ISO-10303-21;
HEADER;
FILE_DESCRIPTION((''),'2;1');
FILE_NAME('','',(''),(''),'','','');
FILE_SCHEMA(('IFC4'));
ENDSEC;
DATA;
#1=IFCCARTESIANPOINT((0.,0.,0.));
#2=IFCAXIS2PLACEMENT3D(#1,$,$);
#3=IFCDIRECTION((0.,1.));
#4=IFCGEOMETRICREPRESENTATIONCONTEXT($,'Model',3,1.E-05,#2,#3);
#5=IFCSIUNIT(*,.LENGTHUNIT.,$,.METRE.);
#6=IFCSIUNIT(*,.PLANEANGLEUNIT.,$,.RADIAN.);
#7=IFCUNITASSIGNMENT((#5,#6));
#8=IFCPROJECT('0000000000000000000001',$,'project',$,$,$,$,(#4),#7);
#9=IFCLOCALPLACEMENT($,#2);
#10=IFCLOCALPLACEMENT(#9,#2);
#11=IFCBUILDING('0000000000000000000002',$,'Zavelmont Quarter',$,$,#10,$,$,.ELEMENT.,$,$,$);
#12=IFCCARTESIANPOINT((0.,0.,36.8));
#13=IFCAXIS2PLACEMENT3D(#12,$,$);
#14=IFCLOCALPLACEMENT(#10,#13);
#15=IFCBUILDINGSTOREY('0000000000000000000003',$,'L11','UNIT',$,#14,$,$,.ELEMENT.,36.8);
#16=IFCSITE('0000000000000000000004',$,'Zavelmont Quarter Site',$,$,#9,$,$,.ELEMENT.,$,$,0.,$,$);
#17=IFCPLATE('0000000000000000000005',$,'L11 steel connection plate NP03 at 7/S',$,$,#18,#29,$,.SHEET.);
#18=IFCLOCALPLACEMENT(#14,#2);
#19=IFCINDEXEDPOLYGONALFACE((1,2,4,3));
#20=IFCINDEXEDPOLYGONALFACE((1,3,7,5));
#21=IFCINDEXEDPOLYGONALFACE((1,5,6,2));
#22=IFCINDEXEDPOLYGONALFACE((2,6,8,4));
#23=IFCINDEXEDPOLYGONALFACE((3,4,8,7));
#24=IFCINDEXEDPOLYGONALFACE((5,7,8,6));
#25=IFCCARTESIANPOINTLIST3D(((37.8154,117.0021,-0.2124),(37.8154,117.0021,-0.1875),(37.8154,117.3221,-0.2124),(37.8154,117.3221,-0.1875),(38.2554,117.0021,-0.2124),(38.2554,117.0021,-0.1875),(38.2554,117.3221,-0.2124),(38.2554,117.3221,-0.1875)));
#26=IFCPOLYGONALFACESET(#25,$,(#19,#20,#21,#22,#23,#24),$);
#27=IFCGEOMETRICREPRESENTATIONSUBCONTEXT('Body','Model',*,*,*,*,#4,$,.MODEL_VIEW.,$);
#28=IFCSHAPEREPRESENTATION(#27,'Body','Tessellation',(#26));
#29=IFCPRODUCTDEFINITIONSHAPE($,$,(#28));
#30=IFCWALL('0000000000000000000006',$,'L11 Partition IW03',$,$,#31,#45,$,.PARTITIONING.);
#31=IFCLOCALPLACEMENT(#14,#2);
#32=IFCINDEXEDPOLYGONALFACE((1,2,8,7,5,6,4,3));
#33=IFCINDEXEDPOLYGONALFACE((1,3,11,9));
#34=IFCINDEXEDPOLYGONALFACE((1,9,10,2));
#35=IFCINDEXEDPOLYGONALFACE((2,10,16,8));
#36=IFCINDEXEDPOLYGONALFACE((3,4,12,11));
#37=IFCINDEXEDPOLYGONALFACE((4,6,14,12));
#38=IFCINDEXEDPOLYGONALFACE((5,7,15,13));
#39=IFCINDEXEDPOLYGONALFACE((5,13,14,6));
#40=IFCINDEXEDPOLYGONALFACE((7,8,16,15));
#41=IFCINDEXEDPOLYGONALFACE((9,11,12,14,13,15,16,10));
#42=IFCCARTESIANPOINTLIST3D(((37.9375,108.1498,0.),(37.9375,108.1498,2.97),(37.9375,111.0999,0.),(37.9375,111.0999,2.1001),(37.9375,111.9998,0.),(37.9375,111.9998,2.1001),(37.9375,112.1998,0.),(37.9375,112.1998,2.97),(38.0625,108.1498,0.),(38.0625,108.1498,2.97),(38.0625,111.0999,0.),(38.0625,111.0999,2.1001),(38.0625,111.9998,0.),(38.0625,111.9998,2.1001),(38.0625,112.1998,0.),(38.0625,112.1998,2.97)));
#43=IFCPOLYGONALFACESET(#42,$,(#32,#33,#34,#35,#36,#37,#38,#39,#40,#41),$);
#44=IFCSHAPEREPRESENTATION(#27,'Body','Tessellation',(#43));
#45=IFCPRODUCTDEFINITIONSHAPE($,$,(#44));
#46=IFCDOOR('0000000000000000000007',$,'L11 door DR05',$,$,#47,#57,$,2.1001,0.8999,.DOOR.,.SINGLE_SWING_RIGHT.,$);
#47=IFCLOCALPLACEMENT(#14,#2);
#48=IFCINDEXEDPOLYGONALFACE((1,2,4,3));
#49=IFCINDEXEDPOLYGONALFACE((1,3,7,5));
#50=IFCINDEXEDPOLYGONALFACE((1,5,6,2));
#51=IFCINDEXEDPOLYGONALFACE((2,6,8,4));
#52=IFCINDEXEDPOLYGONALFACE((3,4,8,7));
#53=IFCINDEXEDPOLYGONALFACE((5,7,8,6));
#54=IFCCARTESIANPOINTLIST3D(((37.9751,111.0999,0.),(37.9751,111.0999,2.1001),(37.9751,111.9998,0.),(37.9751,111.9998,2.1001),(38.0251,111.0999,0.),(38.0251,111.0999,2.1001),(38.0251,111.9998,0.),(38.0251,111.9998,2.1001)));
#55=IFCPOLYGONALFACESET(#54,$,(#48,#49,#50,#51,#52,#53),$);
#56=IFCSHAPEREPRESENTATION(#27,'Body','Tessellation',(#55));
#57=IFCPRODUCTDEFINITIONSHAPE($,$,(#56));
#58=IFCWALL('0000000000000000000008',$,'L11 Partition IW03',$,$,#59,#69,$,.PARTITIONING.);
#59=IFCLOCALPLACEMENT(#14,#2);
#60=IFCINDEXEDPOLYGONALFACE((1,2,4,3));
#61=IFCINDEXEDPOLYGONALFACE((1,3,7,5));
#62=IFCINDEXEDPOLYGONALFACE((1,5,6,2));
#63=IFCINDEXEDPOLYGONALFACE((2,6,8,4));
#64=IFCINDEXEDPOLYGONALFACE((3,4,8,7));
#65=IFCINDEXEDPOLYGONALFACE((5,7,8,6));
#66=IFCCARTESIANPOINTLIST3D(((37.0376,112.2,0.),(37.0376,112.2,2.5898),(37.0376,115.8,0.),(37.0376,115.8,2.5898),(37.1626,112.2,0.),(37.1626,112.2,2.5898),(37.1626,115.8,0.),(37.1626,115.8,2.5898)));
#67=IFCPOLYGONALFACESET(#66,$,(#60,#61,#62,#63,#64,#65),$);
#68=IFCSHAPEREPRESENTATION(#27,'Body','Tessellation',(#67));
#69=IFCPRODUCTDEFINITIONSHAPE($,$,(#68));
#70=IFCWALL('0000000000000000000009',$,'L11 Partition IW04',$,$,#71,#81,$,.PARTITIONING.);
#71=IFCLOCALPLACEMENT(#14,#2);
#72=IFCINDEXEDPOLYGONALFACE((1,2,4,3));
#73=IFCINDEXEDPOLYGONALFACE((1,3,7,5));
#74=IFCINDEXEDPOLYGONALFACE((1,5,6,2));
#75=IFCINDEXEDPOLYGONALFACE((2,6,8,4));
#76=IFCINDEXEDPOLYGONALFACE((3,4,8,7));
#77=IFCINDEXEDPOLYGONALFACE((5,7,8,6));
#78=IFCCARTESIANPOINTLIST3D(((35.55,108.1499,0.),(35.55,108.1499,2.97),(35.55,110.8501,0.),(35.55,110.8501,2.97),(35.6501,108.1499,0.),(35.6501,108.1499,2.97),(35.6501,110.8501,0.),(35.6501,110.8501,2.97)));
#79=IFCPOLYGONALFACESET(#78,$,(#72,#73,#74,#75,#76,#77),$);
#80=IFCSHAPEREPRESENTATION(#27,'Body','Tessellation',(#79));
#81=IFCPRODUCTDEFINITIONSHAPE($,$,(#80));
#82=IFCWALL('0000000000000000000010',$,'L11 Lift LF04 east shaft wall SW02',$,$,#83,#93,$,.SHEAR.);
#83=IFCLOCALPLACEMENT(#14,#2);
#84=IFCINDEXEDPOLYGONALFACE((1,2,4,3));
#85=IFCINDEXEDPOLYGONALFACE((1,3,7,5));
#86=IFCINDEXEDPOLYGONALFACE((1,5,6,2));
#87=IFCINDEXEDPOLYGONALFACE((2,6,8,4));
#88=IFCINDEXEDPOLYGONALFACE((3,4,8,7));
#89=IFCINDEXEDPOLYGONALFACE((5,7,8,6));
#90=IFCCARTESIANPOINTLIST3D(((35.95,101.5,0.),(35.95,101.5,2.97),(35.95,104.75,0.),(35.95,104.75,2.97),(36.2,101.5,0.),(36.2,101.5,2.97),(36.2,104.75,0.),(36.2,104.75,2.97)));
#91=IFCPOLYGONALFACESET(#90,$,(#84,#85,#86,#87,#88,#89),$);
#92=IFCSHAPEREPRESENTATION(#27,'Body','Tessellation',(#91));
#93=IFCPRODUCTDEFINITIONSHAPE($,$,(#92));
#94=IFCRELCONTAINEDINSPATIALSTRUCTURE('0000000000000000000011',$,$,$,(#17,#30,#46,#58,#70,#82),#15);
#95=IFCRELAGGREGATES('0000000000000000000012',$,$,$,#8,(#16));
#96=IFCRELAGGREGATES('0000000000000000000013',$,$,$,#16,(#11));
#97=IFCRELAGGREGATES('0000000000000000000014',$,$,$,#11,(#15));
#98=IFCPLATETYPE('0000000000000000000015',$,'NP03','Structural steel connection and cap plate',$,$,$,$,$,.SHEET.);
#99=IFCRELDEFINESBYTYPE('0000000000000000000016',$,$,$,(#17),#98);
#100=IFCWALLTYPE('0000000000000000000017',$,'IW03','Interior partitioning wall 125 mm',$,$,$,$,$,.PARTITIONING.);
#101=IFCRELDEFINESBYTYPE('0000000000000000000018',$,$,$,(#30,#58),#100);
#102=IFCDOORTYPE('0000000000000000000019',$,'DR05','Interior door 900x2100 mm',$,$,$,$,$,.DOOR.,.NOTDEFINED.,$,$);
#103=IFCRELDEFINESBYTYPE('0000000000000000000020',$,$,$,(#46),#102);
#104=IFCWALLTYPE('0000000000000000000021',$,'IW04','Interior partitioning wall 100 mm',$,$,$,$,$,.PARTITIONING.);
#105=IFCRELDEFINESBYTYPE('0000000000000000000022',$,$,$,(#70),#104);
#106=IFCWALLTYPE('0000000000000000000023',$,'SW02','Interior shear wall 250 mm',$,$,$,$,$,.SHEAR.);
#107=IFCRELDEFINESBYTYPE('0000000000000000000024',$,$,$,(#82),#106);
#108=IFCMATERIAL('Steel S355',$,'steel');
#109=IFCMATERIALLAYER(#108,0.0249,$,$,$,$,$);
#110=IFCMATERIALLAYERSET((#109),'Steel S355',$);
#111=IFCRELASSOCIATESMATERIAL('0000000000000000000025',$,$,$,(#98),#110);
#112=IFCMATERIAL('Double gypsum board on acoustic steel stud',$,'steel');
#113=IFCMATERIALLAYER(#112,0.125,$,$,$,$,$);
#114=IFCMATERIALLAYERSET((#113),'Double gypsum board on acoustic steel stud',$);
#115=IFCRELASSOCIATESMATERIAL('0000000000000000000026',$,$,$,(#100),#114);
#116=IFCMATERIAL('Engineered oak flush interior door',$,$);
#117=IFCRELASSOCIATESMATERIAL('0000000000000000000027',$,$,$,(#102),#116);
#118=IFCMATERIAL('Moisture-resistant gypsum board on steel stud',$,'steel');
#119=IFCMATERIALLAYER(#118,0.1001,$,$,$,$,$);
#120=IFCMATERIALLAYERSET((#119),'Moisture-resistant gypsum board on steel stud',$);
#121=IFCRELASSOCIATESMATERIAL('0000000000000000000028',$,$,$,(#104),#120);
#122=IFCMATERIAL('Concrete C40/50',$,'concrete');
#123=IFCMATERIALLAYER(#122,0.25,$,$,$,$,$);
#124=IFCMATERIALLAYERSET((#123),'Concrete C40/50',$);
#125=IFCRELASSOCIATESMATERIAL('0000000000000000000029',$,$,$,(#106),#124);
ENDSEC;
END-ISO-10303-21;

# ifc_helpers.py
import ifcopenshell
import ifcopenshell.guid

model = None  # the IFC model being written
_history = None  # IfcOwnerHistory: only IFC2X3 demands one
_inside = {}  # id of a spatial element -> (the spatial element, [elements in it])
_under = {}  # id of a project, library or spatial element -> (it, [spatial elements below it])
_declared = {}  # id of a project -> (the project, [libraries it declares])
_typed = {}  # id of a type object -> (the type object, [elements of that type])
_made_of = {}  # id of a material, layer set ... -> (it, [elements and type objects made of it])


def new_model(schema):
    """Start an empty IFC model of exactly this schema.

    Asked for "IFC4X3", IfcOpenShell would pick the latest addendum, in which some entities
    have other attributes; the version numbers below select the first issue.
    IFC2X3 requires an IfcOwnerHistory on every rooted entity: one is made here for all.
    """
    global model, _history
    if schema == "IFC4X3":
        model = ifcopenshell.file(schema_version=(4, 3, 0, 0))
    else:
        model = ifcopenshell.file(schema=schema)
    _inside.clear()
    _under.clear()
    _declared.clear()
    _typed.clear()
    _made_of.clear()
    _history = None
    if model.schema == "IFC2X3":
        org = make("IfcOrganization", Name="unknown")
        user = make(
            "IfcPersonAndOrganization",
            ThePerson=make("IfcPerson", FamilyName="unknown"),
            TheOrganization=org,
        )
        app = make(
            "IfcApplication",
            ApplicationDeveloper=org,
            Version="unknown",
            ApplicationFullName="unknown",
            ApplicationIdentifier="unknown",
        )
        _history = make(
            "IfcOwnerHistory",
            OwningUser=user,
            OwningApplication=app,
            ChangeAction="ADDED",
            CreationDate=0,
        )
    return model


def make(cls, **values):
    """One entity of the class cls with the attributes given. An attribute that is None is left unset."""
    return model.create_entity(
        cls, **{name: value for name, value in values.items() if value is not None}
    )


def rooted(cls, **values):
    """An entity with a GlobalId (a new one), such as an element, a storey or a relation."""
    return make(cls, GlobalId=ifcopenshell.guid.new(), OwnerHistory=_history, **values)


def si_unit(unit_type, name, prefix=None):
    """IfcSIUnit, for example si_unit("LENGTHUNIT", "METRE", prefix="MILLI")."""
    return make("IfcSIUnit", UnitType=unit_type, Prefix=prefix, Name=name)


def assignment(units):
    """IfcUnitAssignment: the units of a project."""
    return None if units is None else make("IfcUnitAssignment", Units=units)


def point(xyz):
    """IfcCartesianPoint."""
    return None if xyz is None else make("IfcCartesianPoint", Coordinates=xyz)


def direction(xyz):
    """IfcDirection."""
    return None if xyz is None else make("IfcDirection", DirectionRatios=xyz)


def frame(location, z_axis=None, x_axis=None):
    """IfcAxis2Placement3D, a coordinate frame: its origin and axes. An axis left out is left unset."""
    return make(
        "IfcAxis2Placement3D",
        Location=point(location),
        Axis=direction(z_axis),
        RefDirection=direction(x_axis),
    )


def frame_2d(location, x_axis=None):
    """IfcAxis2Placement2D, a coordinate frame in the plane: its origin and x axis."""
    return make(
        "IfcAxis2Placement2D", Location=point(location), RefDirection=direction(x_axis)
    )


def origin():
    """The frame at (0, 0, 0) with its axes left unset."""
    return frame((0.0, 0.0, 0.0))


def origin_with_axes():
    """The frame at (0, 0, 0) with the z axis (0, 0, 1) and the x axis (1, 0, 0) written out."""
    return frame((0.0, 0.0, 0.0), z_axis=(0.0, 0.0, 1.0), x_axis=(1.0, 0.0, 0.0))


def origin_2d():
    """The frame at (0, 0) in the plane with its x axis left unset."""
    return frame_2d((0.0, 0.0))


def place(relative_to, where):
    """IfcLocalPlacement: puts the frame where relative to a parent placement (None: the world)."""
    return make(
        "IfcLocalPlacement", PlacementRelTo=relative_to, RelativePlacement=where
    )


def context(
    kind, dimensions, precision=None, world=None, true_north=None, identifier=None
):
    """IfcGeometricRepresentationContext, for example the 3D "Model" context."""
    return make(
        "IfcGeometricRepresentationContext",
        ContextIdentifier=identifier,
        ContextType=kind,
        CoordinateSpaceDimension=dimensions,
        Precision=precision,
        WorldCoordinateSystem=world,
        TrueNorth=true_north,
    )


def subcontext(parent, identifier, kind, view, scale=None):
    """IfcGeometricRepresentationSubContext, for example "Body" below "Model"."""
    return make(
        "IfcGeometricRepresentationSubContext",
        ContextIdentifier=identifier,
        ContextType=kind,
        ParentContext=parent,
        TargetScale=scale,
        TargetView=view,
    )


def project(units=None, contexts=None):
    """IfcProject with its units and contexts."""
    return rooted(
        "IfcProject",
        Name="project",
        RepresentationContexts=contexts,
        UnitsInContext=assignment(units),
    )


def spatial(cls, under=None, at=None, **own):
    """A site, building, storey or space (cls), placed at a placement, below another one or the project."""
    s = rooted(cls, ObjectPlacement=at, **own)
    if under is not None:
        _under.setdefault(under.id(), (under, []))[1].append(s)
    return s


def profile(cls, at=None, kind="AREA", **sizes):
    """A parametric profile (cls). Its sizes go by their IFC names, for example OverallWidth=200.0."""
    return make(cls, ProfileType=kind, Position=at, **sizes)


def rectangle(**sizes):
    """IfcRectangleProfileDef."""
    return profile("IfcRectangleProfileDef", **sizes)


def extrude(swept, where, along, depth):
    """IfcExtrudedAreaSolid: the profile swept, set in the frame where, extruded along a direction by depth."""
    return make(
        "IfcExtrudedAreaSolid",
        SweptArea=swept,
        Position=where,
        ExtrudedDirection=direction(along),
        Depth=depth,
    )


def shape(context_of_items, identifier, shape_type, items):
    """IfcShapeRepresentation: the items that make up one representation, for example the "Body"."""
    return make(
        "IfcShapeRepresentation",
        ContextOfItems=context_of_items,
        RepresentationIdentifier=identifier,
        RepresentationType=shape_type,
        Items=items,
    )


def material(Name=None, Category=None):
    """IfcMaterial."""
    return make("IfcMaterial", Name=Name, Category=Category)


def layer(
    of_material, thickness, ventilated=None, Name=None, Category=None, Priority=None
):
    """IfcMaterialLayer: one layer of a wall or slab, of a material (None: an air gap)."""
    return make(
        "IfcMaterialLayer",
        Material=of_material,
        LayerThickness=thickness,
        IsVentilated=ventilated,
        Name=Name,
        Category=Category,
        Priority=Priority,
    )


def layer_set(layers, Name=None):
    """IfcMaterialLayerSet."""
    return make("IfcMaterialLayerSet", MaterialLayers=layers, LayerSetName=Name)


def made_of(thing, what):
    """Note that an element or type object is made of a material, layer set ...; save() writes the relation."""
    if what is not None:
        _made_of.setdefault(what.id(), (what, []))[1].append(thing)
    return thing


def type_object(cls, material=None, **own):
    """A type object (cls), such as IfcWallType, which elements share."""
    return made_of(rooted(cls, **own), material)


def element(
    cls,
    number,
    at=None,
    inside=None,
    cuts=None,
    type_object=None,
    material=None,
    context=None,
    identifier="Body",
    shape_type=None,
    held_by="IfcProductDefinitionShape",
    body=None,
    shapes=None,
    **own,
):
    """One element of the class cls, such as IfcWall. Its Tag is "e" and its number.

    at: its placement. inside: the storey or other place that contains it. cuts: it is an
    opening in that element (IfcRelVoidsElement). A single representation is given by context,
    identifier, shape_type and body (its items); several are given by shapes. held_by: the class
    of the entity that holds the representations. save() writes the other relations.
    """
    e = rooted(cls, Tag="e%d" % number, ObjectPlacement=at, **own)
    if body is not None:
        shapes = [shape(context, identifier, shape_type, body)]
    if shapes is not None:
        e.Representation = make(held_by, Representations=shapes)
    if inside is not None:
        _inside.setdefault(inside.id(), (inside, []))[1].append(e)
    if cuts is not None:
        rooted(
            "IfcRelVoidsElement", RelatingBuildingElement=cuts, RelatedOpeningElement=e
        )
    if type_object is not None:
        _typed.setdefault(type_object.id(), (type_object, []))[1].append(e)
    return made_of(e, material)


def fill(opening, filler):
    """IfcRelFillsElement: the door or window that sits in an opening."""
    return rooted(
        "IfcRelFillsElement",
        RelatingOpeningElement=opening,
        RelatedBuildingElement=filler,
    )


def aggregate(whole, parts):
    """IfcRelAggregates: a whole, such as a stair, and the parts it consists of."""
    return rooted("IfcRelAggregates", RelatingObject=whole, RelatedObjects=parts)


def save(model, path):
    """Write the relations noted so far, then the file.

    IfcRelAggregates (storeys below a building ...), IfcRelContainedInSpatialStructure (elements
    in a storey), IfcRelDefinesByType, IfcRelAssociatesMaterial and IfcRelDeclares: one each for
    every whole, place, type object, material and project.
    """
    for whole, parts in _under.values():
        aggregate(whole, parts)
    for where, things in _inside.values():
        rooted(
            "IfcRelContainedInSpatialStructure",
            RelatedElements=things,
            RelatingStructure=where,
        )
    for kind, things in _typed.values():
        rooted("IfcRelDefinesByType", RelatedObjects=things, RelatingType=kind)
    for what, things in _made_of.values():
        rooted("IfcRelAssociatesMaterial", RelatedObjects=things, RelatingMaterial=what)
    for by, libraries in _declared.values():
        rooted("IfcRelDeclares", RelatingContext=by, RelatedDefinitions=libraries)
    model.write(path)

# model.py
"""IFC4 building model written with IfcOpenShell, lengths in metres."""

from ifc_helpers import new_model, si_unit, direction, frame, frame_2d, origin, origin_with_axes, origin_2d, place, context, subcontext, project, spatial, rectangle, extrude, material, layer, layer_set, type_object, element, fill, save


model = new_model("IFC4")

# Units and contexts
model_context = context("Model", 3, precision=1e-05, world=origin(), true_north=direction((0.0, 1.0)))
body_context = subcontext(model_context, "Body", "Model", "MODEL_VIEW")
ifc_project = project(units=[si_unit("LENGTHUNIT", "METRE"), si_unit("PLANEANGLEUNIT", "RADIAN")], contexts=[model_context])

# Site, building, storey
site_placement = place(None, origin())
site = spatial("IfcSite", under=ifc_project, at=site_placement, Name="Zavelmont Quarter Site", CompositionType="ELEMENT", RefElevation=0.0)
building_placement = place(site_placement, origin())
building = spatial("IfcBuilding", under=site, at=building_placement, Name="Zavelmont Quarter", CompositionType="ELEMENT")
storey_placement = place(building_placement, frame((0.0, 0.0, 36.8)))
storey = spatial("IfcBuildingStorey", under=building, at=storey_placement, Name="L11", Description="UNIT", CompositionType="ELEMENT", Elevation=36.8)

# Shared definitions
ifc_material_1 = material(Name="Steel S355", Category="steel")
ifc_material_2 = material(Name="Concrete C40/50", Category="concrete")

# Plate
ifc_layer_1 = layer(ifc_material_1, 0.0249)
ifc_layer_set_1 = layer_set([ifc_layer_1], Name="Steel S355")
plate_type = type_object("IfcPlateType", Name="NP03", Description="Structural steel connection and cap plate", PredefinedType="SHEET", material=ifc_layer_set_1)
plate_placement = place(storey_placement, frame((38.0354, 117.1621, -0.2124), z_axis=(0.0, 0.0, 1.0), x_axis=(1.0, 0.0, 0.0)))
element("IfcPlate", 1, at=plate_placement, inside=storey, type_object=plate_type, Name="L11 steel connection plate NP03 at 7/S", PredefinedType="SHEET", context=body_context, shape_type="SweptSolid", body=[
    extrude(rectangle(XDim=0.4399, YDim=0.3201, at=origin_2d()), origin(), (0.0, 0.0, 1.0), 0.0249),
])

# Wall, opening, door
ifc_material_3 = material(Name="Double gypsum board on acoustic steel stud", Category="steel")
ifc_layer_2 = layer(ifc_material_3, 0.125)
ifc_layer_set_2 = layer_set([ifc_layer_2], Name="Double gypsum board on acoustic steel stud")
wall_type_1 = type_object("IfcWallType", Name="IW03", Description="Interior partitioning wall 125 mm", PredefinedType="PARTITIONING", material=ifc_layer_set_2)
wall_1_placement = place(storey_placement, frame((38.0, 108.1499, 0.0), z_axis=(0.0, 0.0, 1.0), x_axis=(0.0, 1.0, 0.0)))
wall_1 = element("IfcWall", 2, at=wall_1_placement, inside=storey, type_object=wall_type_1, Name="L11 Partition IW03", PredefinedType="PARTITIONING", context=body_context, shape_type="SweptSolid", body=[
    extrude(rectangle(XDim=4.05, YDim=0.125, at=frame_2d((2.0249, 0.0))), origin(), (0.0, 0.0, 1.0), 2.97),
])
opening_placement = place(wall_1_placement, frame((2.95, 0.0, 0.0)))
opening = element("IfcOpeningElement", 3, at=opening_placement, cuts=wall_1, PredefinedType="OPENING", context=body_context, shape_type="SweptSolid", body=[
    extrude(rectangle(XDim=0.8999, YDim=2.1001, at=frame_2d((0.45, 1.05))), frame((0.0, 0.0745, 0.0), z_axis=(0.0, -1.0, 0.0), x_axis=(1.0, 0.0, 0.0)), (0.0, 0.0, 1.0), 0.1489),
])
ifc_material_4 = material(Name="Engineered oak flush interior door")
door_type = type_object("IfcDoorType", Name="DR05", Description="Interior door 900x2100 mm", OperationType="NOTDEFINED", PredefinedType="DOOR", material=ifc_material_4)
door_placement = place(opening_placement, origin_with_axes())
door = element("IfcDoor", 4, at=door_placement, inside=storey, type_object=door_type, Name="L11 door DR05", OperationType="SINGLE_SWING_RIGHT", OverallHeight=2.1001, OverallWidth=0.8999, PredefinedType="DOOR", context=body_context, shape_type="SweptSolid", body=[
    extrude(rectangle(XDim=0.8999, YDim=2.1001, at=frame_2d((0.45, 1.05))), frame((0.0, 0.0249, 0.0), z_axis=(0.0, -1.0, 0.0), x_axis=(1.0, 0.0, 0.0)), (0.0, 0.0, 1.0), 0.05),
])
fill(opening, door)

# Walls
wall_2_placement = place(storey_placement, frame((37.1001, 112.2, 0.0), z_axis=(0.0, 0.0, 1.0), x_axis=(0.0, 1.0, 0.0)))
element("IfcWall", 5, at=wall_2_placement, inside=storey, type_object=wall_type_1, Name="L11 Partition IW03", PredefinedType="PARTITIONING", context=body_context, shape_type="SweptSolid", body=[
    extrude(rectangle(XDim=3.6001, YDim=0.125, at=frame_2d((1.8, 0.0))), origin(), (0.0, 0.0, 1.0), 2.5898),
])
ifc_material_5 = material(Name="Moisture-resistant gypsum board on steel stud", Category="steel")
ifc_layer_3 = layer(ifc_material_5, 0.1001)
ifc_layer_set_3 = layer_set([ifc_layer_3], Name="Moisture-resistant gypsum board on steel stud")
wall_type_2 = type_object("IfcWallType", Name="IW04", Description="Interior partitioning wall 100 mm", PredefinedType="PARTITIONING", material=ifc_layer_set_3)
wall_3_placement = place(storey_placement, frame((35.6001, 108.1499, 0.0), z_axis=(0.0, 0.0, 1.0), x_axis=(0.0, 1.0, 0.0)))
element("IfcWall", 6, at=wall_3_placement, inside=storey, type_object=wall_type_2, Name="L11 Partition IW04", PredefinedType="PARTITIONING", context=body_context, shape_type="SweptSolid", body=[
    extrude(rectangle(XDim=2.7002, YDim=0.1001, at=frame_2d((1.3501, 0.0))), origin(), (0.0, 0.0, 1.0), 2.97),
])
ifc_layer_4 = layer(ifc_material_2, 0.25)
ifc_layer_set_4 = layer_set([ifc_layer_4], Name="Concrete C40/50")
wall_type_3 = type_object("IfcWallType", Name="SW02", Description="Interior shear wall 250 mm", PredefinedType="SHEAR", material=ifc_layer_set_4)
wall_4_placement = place(storey_placement, frame((36.075, 101.5, 0.0), z_axis=(0.0, 0.0, 1.0), x_axis=(0.0, 1.0, 0.0)))
element("IfcWall", 7, at=wall_4_placement, inside=storey, type_object=wall_type_3, Name="L11 Lift LF04 east shaft wall SW02", PredefinedType="SHEAR", context=body_context, shape_type="SweptSolid", body=[
    extrude(rectangle(XDim=3.25, YDim=0.25, at=frame_2d((1.625, 0.0))), origin(), (0.0, 0.0, 1.0), 2.97),
])

save(model, "model.ifc")
